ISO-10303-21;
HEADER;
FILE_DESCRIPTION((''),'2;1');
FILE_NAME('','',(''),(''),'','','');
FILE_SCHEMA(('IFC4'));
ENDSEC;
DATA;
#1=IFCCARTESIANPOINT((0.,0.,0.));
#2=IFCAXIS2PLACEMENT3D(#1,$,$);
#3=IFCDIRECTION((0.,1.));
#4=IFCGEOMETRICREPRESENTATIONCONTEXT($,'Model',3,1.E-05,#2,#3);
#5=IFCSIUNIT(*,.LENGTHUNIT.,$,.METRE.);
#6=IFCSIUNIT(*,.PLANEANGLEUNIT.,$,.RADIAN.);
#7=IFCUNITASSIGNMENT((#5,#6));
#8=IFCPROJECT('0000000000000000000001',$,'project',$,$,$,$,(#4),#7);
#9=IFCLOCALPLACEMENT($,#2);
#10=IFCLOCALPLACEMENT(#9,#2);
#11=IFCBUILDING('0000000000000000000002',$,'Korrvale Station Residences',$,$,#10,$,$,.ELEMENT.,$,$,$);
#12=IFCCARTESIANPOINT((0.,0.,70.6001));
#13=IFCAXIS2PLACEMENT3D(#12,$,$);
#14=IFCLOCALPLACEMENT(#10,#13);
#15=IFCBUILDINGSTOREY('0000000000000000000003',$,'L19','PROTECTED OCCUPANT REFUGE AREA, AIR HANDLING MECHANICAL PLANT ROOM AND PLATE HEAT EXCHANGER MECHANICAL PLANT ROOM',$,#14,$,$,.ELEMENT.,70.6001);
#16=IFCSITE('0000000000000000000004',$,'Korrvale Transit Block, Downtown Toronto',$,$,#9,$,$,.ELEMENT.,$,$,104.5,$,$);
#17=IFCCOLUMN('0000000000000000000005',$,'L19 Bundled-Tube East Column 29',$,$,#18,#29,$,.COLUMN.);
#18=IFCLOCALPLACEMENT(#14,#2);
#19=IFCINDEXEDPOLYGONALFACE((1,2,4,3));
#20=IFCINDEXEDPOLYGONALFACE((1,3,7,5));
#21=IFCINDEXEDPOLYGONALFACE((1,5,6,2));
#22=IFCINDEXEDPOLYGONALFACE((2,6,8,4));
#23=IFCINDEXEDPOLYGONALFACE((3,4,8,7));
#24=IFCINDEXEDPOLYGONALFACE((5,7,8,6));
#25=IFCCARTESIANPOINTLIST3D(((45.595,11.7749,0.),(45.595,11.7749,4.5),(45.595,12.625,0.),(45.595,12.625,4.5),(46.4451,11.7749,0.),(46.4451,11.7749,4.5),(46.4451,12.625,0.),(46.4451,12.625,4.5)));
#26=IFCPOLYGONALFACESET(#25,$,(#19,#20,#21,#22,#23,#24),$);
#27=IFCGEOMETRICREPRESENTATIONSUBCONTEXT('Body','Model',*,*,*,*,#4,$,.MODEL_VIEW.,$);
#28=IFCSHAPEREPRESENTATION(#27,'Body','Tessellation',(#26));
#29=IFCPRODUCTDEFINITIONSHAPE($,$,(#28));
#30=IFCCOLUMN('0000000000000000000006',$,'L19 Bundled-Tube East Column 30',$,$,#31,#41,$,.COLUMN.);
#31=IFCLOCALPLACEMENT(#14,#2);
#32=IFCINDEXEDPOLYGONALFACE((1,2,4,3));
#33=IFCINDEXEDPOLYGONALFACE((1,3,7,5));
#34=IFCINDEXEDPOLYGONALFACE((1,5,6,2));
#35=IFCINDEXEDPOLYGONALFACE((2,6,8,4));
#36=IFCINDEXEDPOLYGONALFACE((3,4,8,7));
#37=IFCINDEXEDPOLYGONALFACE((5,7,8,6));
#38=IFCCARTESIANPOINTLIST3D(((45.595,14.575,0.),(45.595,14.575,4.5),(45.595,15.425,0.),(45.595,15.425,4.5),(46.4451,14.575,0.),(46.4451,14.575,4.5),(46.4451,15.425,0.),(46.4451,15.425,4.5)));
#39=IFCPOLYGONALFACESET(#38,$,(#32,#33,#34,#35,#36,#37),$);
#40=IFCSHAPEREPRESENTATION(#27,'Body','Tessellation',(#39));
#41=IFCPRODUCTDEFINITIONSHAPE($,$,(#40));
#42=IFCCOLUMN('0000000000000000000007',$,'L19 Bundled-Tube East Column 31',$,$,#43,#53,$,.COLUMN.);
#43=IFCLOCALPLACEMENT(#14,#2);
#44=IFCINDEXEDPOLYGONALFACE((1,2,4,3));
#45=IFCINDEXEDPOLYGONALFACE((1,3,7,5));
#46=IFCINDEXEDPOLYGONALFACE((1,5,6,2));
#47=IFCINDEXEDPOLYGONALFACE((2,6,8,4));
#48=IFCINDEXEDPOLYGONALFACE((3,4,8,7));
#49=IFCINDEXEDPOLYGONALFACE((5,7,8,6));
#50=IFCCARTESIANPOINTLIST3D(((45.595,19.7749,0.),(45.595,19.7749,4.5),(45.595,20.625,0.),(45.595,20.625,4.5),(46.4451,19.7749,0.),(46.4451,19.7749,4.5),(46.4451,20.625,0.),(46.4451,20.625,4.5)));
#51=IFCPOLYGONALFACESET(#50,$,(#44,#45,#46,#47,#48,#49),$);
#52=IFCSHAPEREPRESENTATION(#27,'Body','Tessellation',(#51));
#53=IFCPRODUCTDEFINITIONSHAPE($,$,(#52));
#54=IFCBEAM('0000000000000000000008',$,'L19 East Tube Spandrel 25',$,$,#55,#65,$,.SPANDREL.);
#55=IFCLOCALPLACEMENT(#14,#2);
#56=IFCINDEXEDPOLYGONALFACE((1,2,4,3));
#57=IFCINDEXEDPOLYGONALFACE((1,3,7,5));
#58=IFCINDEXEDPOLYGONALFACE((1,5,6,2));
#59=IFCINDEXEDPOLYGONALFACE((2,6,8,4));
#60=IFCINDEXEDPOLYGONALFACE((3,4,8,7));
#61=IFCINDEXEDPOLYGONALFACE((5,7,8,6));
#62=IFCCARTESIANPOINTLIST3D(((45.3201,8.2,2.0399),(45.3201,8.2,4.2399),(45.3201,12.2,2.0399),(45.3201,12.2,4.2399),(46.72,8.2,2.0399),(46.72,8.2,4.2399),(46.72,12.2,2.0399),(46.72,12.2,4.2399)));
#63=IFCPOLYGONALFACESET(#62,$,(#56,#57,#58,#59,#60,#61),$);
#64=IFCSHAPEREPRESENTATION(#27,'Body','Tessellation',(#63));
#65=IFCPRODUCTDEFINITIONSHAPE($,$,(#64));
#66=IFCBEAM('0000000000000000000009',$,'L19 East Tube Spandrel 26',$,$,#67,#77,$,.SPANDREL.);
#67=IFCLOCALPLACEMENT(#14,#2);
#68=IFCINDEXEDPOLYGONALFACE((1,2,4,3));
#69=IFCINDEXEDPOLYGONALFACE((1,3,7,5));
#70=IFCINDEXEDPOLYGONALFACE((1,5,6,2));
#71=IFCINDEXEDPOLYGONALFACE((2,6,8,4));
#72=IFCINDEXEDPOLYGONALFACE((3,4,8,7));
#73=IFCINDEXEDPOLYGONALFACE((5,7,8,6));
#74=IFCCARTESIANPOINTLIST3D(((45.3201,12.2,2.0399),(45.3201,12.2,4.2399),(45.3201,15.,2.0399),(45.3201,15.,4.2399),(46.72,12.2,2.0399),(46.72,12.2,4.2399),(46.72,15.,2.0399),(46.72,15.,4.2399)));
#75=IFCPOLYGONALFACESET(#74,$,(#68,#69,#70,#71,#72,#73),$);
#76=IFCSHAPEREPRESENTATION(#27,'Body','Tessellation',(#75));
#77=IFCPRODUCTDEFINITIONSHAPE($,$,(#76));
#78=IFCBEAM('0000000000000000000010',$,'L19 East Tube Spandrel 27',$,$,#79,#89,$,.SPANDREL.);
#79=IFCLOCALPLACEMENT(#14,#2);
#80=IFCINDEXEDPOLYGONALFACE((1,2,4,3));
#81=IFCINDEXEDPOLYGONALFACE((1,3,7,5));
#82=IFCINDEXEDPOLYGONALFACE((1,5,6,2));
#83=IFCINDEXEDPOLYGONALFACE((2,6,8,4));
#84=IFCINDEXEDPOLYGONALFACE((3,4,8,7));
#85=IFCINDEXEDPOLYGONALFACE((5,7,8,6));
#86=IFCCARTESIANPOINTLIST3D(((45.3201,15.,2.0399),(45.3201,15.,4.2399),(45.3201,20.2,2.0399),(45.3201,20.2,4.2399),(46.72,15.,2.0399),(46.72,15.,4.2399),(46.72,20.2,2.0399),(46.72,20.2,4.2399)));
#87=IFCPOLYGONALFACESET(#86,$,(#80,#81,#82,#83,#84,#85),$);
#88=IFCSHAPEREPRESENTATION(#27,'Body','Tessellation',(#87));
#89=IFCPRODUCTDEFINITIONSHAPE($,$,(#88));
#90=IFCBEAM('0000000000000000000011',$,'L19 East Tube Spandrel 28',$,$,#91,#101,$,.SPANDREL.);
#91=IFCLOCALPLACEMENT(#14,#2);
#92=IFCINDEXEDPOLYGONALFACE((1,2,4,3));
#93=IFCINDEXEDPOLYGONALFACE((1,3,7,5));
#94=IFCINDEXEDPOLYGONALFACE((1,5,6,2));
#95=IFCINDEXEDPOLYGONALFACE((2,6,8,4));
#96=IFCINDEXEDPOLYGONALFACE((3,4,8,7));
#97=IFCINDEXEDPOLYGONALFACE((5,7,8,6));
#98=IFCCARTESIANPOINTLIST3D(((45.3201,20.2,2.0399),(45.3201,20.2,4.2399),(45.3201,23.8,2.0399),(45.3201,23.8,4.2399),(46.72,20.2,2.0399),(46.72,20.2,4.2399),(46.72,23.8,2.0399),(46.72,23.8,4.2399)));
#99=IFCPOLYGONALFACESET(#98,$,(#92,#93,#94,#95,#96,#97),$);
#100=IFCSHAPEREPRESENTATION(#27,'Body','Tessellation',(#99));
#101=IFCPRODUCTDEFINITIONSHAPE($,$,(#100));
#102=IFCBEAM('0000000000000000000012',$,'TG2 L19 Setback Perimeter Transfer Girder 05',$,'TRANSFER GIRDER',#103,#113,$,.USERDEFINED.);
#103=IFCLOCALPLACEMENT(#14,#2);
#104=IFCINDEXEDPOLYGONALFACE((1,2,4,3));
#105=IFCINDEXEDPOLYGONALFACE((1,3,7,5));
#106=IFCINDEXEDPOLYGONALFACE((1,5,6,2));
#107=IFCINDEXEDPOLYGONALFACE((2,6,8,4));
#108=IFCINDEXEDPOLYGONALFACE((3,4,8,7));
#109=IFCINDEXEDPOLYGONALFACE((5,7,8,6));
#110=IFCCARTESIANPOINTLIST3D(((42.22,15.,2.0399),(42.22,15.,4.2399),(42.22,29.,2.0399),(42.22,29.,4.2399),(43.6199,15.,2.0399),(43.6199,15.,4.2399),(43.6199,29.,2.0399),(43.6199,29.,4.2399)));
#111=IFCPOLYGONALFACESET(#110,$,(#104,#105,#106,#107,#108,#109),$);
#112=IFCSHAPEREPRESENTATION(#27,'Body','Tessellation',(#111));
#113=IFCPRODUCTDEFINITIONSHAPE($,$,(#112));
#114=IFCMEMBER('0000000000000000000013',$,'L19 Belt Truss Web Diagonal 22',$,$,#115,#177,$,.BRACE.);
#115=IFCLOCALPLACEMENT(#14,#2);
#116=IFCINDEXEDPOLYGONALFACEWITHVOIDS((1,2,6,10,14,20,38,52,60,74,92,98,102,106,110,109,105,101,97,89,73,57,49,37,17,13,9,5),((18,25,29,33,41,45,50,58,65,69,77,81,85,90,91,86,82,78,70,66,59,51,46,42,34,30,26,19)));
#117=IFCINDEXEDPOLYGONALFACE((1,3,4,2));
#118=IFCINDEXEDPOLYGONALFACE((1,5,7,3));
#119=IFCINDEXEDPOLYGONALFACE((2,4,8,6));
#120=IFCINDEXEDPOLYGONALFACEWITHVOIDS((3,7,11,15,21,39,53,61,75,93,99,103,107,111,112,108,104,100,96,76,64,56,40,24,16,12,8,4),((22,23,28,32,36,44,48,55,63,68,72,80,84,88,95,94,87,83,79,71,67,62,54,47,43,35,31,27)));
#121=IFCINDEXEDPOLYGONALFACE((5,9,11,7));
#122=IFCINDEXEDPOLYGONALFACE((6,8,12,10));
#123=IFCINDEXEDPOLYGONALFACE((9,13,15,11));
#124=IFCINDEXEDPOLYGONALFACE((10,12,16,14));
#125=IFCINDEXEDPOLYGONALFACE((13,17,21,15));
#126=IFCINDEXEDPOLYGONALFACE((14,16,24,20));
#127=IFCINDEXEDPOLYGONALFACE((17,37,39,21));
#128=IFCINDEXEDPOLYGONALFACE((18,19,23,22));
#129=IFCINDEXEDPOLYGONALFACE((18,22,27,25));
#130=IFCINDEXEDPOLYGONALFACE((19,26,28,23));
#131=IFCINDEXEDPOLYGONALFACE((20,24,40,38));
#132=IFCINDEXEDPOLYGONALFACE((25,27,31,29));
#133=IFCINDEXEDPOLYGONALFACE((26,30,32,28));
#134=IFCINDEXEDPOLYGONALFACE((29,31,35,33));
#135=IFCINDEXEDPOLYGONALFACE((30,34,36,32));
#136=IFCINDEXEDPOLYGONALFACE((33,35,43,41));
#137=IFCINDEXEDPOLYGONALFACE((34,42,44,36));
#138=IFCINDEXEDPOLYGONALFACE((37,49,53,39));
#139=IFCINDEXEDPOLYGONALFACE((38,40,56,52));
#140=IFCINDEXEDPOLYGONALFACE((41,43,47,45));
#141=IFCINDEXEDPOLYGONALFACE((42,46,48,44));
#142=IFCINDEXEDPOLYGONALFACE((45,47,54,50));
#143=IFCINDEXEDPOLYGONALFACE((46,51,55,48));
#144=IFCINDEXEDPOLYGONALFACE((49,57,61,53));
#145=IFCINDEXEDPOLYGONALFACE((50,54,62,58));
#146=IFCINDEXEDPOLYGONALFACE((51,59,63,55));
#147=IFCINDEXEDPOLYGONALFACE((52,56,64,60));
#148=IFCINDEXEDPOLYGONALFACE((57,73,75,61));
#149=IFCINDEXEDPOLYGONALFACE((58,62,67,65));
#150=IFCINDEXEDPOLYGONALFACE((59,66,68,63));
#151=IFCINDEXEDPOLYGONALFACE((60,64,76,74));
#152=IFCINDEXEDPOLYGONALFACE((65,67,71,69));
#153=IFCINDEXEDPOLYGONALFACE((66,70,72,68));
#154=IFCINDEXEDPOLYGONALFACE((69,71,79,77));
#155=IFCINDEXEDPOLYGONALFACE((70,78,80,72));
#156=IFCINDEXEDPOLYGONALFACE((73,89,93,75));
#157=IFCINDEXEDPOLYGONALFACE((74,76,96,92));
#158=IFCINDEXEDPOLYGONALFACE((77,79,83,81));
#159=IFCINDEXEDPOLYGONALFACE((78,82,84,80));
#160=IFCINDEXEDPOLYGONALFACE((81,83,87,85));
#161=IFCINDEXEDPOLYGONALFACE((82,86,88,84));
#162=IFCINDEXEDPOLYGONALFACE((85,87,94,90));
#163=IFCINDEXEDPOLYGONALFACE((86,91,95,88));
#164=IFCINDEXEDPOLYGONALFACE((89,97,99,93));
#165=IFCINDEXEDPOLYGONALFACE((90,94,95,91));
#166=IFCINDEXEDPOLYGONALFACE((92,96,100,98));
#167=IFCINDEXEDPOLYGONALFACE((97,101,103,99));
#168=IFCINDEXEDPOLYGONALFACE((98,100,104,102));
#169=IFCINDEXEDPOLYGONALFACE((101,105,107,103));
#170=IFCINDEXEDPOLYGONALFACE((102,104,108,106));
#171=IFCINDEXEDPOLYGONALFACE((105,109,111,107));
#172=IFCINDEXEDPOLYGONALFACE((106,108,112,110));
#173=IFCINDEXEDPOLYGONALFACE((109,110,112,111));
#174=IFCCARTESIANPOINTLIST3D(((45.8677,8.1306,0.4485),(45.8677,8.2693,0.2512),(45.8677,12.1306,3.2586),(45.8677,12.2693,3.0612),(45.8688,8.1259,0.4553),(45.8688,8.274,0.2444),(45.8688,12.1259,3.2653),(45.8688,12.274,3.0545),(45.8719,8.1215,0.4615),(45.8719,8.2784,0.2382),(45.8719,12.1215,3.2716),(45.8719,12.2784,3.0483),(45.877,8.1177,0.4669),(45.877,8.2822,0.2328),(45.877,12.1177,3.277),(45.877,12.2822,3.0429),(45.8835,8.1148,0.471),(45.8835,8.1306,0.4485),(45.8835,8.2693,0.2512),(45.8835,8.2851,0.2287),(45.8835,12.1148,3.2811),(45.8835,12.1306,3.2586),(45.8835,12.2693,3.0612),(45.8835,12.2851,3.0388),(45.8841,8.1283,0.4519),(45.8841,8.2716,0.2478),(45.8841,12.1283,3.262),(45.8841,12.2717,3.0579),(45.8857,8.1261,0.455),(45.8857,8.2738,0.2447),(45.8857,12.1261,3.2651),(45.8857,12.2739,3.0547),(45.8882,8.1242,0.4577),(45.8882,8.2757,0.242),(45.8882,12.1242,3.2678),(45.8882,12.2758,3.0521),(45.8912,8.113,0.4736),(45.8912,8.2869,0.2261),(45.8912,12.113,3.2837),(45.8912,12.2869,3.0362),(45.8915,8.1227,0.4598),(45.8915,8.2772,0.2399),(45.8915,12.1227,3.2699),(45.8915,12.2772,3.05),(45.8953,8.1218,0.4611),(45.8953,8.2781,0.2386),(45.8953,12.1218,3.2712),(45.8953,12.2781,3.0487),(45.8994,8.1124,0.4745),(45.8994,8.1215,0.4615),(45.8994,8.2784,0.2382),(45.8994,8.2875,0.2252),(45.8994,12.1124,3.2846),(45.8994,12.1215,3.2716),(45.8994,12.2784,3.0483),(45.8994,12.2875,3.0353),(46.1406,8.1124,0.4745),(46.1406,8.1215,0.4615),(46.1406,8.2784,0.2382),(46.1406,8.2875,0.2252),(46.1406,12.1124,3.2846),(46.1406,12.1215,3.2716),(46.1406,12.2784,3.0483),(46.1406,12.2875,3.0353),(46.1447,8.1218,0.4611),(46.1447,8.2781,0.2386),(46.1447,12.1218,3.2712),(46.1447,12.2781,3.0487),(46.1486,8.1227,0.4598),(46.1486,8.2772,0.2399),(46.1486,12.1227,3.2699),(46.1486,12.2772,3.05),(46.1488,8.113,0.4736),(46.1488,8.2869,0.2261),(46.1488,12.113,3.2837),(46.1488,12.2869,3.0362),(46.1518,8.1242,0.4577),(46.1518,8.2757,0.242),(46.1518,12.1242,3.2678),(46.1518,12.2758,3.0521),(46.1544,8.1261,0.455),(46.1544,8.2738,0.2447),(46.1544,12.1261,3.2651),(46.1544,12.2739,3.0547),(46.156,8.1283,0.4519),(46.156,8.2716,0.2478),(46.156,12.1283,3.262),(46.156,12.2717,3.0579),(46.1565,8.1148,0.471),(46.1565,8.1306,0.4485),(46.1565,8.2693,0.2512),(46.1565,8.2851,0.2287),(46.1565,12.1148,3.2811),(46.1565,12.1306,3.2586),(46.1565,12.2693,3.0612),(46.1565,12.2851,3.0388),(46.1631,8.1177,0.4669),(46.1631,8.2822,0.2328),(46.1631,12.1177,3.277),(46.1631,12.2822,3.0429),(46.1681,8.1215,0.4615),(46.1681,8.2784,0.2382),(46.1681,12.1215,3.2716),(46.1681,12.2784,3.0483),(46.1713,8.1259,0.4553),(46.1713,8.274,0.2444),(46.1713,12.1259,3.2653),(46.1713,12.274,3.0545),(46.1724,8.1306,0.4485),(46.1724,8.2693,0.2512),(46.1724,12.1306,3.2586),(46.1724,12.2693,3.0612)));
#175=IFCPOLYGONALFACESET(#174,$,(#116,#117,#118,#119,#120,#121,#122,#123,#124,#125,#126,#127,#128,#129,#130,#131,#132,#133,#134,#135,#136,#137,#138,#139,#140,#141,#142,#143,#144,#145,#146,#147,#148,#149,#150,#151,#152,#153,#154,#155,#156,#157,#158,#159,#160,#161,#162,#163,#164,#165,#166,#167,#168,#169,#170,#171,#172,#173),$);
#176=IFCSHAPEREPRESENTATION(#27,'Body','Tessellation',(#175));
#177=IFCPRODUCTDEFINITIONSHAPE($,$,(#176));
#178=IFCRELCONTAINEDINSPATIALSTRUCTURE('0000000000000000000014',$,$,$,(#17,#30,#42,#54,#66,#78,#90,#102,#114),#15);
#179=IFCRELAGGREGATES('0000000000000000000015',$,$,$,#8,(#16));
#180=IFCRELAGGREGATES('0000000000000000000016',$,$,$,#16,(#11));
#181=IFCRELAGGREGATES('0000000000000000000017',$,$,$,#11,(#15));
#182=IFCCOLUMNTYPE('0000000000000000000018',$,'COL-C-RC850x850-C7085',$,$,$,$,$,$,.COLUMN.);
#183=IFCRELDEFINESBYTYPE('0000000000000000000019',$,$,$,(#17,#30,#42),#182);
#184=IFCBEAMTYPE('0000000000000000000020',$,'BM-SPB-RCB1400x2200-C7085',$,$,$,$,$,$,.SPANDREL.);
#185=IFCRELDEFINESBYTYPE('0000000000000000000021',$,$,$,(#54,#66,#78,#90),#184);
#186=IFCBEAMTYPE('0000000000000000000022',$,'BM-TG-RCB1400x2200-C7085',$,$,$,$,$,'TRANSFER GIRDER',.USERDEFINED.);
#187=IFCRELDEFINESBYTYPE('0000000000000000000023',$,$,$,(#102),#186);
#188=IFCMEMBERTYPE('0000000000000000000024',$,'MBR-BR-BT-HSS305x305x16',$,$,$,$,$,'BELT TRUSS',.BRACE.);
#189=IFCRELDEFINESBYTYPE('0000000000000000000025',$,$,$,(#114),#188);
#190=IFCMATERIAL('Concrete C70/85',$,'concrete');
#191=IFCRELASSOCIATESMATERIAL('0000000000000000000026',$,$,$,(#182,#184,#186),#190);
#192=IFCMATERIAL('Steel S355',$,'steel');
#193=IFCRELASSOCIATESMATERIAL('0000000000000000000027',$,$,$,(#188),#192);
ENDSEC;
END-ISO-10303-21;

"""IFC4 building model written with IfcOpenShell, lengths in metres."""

from ifc_helpers import new_model, si_unit, direction, frame, origin, origin_2d, place, context, subcontext, project, spatial, rectangle, hollow_rectangle, extrude, material, material_profile, profile_set, type_object, element, save


model = new_model("IFC4")

# Units and contexts
model_context = context("Model", 3, precision=1e-05, world=origin(), true_north=direction((0.0, 1.0)))
body_context = subcontext(model_context, "Body", "Model", "MODEL_VIEW")
ifc_project = project(units=[si_unit("LENGTHUNIT", "METRE"), si_unit("PLANEANGLEUNIT", "RADIAN")], contexts=[model_context])

# Site, building, storey
site_placement = place(None, origin())
site = spatial("IfcSite", under=ifc_project, at=site_placement, Name="Korrvale Transit Block, Downtown Toronto", CompositionType="ELEMENT", RefElevation=104.5)
building_placement = place(site_placement, origin())
building = spatial("IfcBuilding", under=site, at=building_placement, Name="Korrvale Station Residences", CompositionType="ELEMENT")
storey_placement = place(building_placement, frame((0.0, 0.0, 70.6001)))
storey = spatial("IfcBuildingStorey", under=building, at=storey_placement, Name="L19", Description="PROTECTED OCCUPANT REFUGE AREA, AIR HANDLING MECHANICAL PLANT ROOM AND PLATE HEAT EXCHANGER MECHANICAL PLANT ROOM", CompositionType="ELEMENT", Elevation=70.6001)

# Columns
ifc_material_1 = material(Name="Concrete C70/85", Category="concrete")
ifc_material_profile_1 = material_profile(ifc_material_1, rectangle(XDim=0.8501, YDim=0.8501, at=origin_2d()), Name="RC850x850")
ifc_profile_set_1 = profile_set([ifc_material_profile_1], Name="Concrete C70/85")
column_type = type_object("IfcColumnType", Name="COL-C-RC850x850-C7085", PredefinedType="COLUMN", material=ifc_profile_set_1)
for number, where, z_axis, x_axis, name in (
    (1, (46.02, 12.2, 0.0), (0.0, 0.0, 1.0), (1.0, 0.0, 0.0), "L19 Bundled-Tube East Column 29"),
    (2, (46.02, 15.0, 0.0), (0.0, 0.0, 1.0), (1.0, 0.0, 0.0), "L19 Bundled-Tube East Column 30"),
    (3, (46.02, 20.2, 0.0), (0.0, 0.0, 1.0), (1.0, 0.0, 0.0), "L19 Bundled-Tube East Column 31"),
):
    element("IfcColumn", number, at=place(storey_placement, frame(where, z_axis=z_axis, x_axis=x_axis)), inside=storey, type_object=column_type, Name=name, PredefinedType="COLUMN", context=body_context, shape_type="SweptSolid", body=[
        extrude(rectangle(XDim=0.8501, YDim=0.8501, at=origin_2d()), origin(), (0.0, 0.0, 1.0), 4.5),
    ])

# Beams
ifc_material_profile_2 = material_profile(ifc_material_1, rectangle(XDim=1.3999, YDim=2.2, at=origin_2d()), Name="RCB1400x2200")
ifc_profile_set_2 = profile_set([ifc_material_profile_2], Name="Concrete C70/85")
beam_type_1 = type_object("IfcBeamType", Name="BM-SPB-RCB1400x2200-C7085", PredefinedType="SPANDREL", material=ifc_profile_set_2)
beam_1_placement = place(storey_placement, frame((46.02, 8.2, 3.1399), z_axis=(0.0, 1.0, 0.0), x_axis=(-1.0, 0.0, 0.0)))
element("IfcBeam", 4, at=beam_1_placement, inside=storey, type_object=beam_type_1, Name="L19 East Tube Spandrel 25", PredefinedType="SPANDREL", context=body_context, shape_type="SweptSolid", body=[
    extrude(rectangle(XDim=1.3999, YDim=2.2, at=origin_2d()), origin(), (0.0, 0.0, 1.0), 4.0),
])
beam_2_placement = place(storey_placement, frame((46.02, 12.2, 3.1399), z_axis=(0.0, 1.0, 0.0), x_axis=(-1.0, 0.0, 0.0)))
element("IfcBeam", 5, at=beam_2_placement, inside=storey, type_object=beam_type_1, Name="L19 East Tube Spandrel 26", PredefinedType="SPANDREL", context=body_context, shape_type="SweptSolid", body=[
    extrude(rectangle(XDim=1.3999, YDim=2.2, at=origin_2d()), origin(), (0.0, 0.0, 1.0), 2.8),
])
beam_3_placement = place(storey_placement, frame((46.02, 15.0, 3.1399), z_axis=(0.0, 1.0, 0.0), x_axis=(-1.0, 0.0, 0.0)))
element("IfcBeam", 6, at=beam_3_placement, inside=storey, type_object=beam_type_1, Name="L19 East Tube Spandrel 27", PredefinedType="SPANDREL", context=body_context, shape_type="SweptSolid", body=[
    extrude(rectangle(XDim=1.3999, YDim=2.2, at=origin_2d()), origin(), (0.0, 0.0, 1.0), 5.2),
])
beam_4_placement = place(storey_placement, frame((46.02, 20.2, 3.1399), z_axis=(0.0, 1.0, 0.0), x_axis=(-1.0, 0.0, 0.0)))
element("IfcBeam", 7, at=beam_4_placement, inside=storey, type_object=beam_type_1, Name="L19 East Tube Spandrel 28", PredefinedType="SPANDREL", context=body_context, shape_type="SweptSolid", body=[
    extrude(rectangle(XDim=1.3999, YDim=2.2, at=origin_2d()), origin(), (0.0, 0.0, 1.0), 3.6001),
])
ifc_material_profile_3 = material_profile(ifc_material_1, rectangle(XDim=1.3999, YDim=2.2, at=origin_2d()), Name="RCB1400x2200")
ifc_profile_set_3 = profile_set([ifc_material_profile_3], Name="Concrete C70/85")
beam_type_2 = type_object("IfcBeamType", Name="BM-TG-RCB1400x2200-C7085", ElementType="TRANSFER GIRDER", PredefinedType="USERDEFINED", material=ifc_profile_set_3)
beam_5_placement = place(storey_placement, frame((42.9199, 15.0, 3.1399), z_axis=(0.0, 1.0, 0.0), x_axis=(-1.0, 0.0, 0.0)))
element("IfcBeam", 8, at=beam_5_placement, inside=storey, type_object=beam_type_2, Name="TG2 L19 Setback Perimeter Transfer Girder 05", ObjectType="TRANSFER GIRDER", PredefinedType="USERDEFINED", context=body_context, shape_type="SweptSolid", body=[
    extrude(rectangle(XDim=1.3999, YDim=2.2, at=origin_2d()), origin(), (0.0, 0.0, 1.0), 14.0),
])

# Member
ifc_material_2 = material(Name="Steel S355", Category="steel")
ifc_material_profile_4 = material_profile(ifc_material_2, hollow_rectangle(XDim=0.3047, YDim=0.3047, WallThickness=0.0159, InnerFilletRadius=0.0159, OuterFilletRadius=0.0317, at=origin_2d()), Name="HSS305x305x16")
ifc_profile_set_4 = profile_set([ifc_material_profile_4], Name="Steel S355")
member_type_1 = type_object("IfcMemberType", Name="MBR-BR-BT-HSS305x305x16", ElementType="BELT TRUSS", PredefinedType="BRACE", material=ifc_profile_set_4)
member_1_placement = place(storey_placement, frame((46.02, 8.2, 0.3499), z_axis=(0.0, 0.818264, 0.574843), x_axis=(-1.0, 0.0, 0.0)))
element("IfcMember", 9, at=member_1_placement, inside=storey, type_object=member_type_1, Name="L19 Belt Truss Web Diagonal 22", PredefinedType="BRACE", context=body_context, shape_type="SweptSolid", body=[
    extrude(hollow_rectangle(XDim=0.3047, YDim=0.3047, WallThickness=0.0159, InnerFilletRadius=0.0159, OuterFilletRadius=0.0317, at=origin_2d()), origin(), (0.0, 0.0, 1.0), 4.8884),
])

save(model, "model.ifc")
